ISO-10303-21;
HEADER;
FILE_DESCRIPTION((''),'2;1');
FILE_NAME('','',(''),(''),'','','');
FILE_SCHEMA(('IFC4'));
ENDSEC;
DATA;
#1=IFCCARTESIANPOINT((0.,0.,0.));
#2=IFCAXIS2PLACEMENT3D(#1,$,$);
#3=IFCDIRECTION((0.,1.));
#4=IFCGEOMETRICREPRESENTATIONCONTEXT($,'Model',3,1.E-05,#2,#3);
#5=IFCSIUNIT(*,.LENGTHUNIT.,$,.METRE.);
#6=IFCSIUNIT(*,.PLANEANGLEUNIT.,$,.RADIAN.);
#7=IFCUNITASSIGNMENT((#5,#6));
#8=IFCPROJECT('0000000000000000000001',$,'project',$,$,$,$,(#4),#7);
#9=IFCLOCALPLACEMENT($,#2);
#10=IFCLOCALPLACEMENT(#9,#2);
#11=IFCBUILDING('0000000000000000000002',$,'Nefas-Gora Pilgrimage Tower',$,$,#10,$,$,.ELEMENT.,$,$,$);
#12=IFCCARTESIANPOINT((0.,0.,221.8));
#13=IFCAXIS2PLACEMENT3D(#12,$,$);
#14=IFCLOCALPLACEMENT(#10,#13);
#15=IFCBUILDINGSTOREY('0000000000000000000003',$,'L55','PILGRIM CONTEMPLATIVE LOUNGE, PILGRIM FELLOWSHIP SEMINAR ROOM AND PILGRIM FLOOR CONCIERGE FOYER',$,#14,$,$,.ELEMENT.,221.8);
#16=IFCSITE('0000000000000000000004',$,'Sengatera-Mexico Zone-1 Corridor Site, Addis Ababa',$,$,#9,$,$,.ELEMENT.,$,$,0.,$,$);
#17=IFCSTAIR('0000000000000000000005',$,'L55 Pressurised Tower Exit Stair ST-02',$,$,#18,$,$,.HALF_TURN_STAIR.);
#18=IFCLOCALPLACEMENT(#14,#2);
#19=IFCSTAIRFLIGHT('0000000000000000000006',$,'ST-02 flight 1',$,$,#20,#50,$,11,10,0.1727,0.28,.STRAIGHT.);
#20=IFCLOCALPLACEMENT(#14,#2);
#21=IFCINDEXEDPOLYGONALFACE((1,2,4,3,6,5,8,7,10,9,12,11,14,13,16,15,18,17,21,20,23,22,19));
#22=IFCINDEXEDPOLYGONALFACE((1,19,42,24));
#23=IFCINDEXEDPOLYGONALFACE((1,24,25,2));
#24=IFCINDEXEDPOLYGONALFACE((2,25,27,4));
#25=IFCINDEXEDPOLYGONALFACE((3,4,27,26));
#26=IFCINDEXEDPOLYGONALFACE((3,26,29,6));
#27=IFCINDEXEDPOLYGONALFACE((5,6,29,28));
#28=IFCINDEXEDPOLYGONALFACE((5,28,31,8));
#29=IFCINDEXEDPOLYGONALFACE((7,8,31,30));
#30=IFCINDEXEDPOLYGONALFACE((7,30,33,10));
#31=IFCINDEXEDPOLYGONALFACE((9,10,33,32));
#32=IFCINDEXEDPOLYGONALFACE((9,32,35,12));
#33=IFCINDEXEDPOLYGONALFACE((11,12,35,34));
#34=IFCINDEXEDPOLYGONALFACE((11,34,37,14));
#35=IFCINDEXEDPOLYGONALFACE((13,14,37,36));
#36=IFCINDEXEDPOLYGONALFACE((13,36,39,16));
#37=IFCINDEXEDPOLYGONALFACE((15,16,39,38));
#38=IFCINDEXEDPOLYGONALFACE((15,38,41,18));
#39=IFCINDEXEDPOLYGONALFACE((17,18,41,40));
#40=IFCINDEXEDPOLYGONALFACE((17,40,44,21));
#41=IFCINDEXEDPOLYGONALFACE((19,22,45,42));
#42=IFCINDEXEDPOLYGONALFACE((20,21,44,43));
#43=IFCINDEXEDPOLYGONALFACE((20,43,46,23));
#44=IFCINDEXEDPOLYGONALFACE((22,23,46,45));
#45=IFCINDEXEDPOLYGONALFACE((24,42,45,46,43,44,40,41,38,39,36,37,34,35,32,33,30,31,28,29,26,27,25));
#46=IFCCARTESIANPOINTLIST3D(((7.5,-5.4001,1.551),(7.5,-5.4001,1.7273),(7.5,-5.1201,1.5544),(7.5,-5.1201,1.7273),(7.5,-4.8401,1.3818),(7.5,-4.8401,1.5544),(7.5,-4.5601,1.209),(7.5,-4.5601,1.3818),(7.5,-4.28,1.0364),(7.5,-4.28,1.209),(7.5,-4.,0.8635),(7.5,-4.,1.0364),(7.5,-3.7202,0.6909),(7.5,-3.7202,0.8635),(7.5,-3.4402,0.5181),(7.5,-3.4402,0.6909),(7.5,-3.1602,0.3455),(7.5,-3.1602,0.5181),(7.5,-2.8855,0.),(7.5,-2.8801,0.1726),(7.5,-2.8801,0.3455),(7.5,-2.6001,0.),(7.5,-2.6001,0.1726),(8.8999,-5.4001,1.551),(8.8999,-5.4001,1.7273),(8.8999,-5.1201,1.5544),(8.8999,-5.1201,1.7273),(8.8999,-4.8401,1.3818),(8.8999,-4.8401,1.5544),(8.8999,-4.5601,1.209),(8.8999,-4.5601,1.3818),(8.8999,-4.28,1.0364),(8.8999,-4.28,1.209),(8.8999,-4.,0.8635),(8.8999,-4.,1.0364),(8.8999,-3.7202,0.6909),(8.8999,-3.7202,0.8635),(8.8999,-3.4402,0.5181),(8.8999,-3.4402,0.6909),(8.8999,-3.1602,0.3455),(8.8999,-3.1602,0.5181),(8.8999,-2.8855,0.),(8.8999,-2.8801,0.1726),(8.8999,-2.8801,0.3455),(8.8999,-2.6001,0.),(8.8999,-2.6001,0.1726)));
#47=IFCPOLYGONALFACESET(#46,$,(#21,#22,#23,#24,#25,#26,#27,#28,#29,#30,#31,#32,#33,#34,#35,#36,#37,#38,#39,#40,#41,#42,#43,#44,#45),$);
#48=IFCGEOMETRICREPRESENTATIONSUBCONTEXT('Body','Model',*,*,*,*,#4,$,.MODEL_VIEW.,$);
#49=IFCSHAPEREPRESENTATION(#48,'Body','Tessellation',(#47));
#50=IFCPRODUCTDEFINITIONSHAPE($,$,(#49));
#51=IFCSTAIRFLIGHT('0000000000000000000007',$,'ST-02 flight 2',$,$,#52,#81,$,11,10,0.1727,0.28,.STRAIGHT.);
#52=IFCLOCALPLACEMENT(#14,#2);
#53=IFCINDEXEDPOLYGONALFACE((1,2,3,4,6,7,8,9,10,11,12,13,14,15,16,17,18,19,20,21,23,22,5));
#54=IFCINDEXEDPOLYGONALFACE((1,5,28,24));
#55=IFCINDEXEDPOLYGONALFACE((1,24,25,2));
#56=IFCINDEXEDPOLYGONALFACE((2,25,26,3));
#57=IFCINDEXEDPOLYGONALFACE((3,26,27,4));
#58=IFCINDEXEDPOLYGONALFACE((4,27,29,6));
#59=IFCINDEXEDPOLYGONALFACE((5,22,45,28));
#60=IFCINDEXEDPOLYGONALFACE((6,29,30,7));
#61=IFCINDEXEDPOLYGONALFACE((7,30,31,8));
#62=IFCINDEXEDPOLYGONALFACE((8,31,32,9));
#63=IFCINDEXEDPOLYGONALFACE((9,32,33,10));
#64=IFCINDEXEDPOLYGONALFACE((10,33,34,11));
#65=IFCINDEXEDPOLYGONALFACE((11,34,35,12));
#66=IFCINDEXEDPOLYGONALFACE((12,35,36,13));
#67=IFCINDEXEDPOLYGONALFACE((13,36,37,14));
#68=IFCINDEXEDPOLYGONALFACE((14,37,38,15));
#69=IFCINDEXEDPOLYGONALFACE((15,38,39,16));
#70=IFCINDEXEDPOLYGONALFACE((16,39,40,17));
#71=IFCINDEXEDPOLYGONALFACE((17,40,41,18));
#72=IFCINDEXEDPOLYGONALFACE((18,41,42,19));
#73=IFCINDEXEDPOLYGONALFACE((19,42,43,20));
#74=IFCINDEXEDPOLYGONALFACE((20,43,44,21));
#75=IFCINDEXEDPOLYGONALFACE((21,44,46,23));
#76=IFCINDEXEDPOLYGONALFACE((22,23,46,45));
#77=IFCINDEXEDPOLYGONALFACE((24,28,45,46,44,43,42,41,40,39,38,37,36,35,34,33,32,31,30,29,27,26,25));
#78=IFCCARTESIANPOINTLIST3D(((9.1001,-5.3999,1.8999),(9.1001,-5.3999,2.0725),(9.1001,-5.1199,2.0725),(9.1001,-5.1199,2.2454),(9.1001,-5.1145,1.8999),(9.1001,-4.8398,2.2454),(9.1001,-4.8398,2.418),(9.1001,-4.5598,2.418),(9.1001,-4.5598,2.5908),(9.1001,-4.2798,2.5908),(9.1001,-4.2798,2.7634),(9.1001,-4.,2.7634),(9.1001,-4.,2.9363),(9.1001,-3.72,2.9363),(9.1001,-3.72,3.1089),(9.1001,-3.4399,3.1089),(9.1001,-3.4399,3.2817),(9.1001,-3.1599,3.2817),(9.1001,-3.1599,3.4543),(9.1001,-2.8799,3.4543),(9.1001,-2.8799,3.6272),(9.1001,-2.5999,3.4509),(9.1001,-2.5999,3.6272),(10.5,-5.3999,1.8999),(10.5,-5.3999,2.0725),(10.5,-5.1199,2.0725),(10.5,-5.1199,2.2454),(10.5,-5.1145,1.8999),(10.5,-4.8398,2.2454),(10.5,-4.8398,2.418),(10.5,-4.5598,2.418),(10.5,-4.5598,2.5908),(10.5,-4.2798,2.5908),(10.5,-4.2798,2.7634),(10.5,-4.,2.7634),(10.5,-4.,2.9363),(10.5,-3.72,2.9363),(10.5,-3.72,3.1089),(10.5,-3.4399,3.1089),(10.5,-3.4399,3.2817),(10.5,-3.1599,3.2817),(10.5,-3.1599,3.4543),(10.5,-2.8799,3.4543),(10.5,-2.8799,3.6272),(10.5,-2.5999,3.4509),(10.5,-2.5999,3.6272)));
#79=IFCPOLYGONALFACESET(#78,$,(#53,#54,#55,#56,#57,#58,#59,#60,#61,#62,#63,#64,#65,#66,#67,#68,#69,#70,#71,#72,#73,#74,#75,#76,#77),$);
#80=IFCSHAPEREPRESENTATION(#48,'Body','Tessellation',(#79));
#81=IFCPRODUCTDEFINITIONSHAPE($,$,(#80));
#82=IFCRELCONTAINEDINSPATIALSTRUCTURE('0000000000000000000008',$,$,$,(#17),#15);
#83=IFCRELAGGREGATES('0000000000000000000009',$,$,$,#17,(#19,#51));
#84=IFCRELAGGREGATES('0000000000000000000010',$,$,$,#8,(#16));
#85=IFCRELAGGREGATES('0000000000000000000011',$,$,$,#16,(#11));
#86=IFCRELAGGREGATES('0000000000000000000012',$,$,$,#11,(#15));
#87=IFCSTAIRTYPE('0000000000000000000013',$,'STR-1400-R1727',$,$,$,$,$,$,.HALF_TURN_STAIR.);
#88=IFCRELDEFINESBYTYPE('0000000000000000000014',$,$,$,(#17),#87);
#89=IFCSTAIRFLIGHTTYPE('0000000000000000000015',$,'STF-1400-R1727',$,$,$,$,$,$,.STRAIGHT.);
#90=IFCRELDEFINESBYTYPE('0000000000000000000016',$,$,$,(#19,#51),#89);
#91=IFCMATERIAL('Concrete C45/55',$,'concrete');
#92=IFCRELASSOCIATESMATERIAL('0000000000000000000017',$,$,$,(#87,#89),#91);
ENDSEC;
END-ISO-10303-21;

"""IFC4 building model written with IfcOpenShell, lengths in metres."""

from ifc_helpers import new_model, si_unit, direction, frame, origin, place, context, subcontext, project, spatial, polyline, outline, extrude, source, transform, mapped, material, type_object, element, aggregate, save


model = new_model("IFC4")

# Units and contexts
model_context = context("Model", 3, precision=1e-05, world=origin(), true_north=direction((0.0, 1.0)))
body_context = subcontext(model_context, "Body", "Model", "MODEL_VIEW")
ifc_project = project(units=[si_unit("LENGTHUNIT", "METRE"), si_unit("PLANEANGLEUNIT", "RADIAN")], contexts=[model_context])

# Site, building, storey
site_placement = place(None, origin())
site = spatial("IfcSite", under=ifc_project, at=site_placement, Name="Sengatera-Mexico Zone-1 Corridor Site, Addis Ababa", CompositionType="ELEMENT", RefElevation=0.0)
building_placement = place(site_placement, origin())
building = spatial("IfcBuilding", under=site, at=building_placement, Name="Nefas-Gora Pilgrimage Tower", CompositionType="ELEMENT")
storey_placement = place(building_placement, frame((0.0, 0.0, 221.8)))
storey = spatial("IfcBuildingStorey", under=building, at=storey_placement, Name="L55", Description="PILGRIM CONTEMPLATIVE LOUNGE, PILGRIM FELLOWSHIP SEMINAR ROOM AND PILGRIM FLOOR CONCIERGE FOYER", CompositionType="ELEMENT", Elevation=221.8)

# Shared definitions
ifc_material_1 = material(Name="Concrete C45/55", Category="concrete")

# Stair, stair flights
stair_type = type_object("IfcStairType", Name="STR-1400-R1727", PredefinedType="HALF_TURN_STAIR", material=ifc_material_1)
stair_placement = place(storey_placement, origin())
stair = element("IfcStair", 1, at=stair_placement, inside=storey, type_object=stair_type, Name="L55 Pressurised Tower Exit Stair ST-02", PredefinedType="HALF_TURN_STAIR")
stair_flight_type = type_object("IfcStairFlightType", Name="STF-1400-R1727", PredefinedType="STRAIGHT", material=ifc_material_1)
shared_shape_1 = source(origin(), body_context, "Body", "SweptSolid", [
    extrude(outline(polyline([(0.0, 0.0), (0.0, 0.1726), (0.28, 0.1726), (0.28, 0.3455), (0.5601, 0.3455), (0.5601, 0.5181), (0.8401, 0.5181), (0.8401, 0.6909), (1.1201, 0.6909), (1.1201, 0.8635), (1.3999, 0.8635), (1.3999, 1.0364), (1.6799, 1.0364), (1.6799, 1.209), (1.96, 1.209), (1.96, 1.3818), (2.24, 1.3818), (2.24, 1.5544), (2.52, 1.5544), (2.52, 1.7273), (2.8, 1.7273), (2.8, 1.8999), (2.8, 1.551), (0.2854, 0.0), (0.0, 0.0)])), frame((0.0, 0.7, 0.0), z_axis=(0.0, -1.0, 0.0), x_axis=(1.0, 0.0, 0.0)), (0.0, 0.0, 1.0), 1.3999),
])
stair_flight_1_placement = place(storey_placement, frame((8.2, -2.6001, 0.0), z_axis=(0.0, 0.0, 1.0), x_axis=(0.0, -1.0, 0.0)))
stair_flight_1 = element("IfcStairFlight", 2, at=stair_flight_1_placement, type_object=stair_flight_type, Name="ST-02 flight 1", NumberOfRisers=11, NumberOfTreads=10, PredefinedType="STRAIGHT", RiserHeight=0.1727, TreadLength=0.28, context=body_context, shape_type="MappedRepresentation", body=[
    mapped(shared_shape_1, transform((0.0, 0.0, 0.0), x_axis=(1.0, 0.0, 0.0), y_axis=(0.0, 1.0, 0.0), z_axis=(0.0, 0.0, 1.0), scale=1.0)),
])
stair_flight_2_placement = place(storey_placement, frame((9.8, -5.3999, 1.8999), z_axis=(0.0, 0.0, 1.0), x_axis=(0.0, 1.0, 0.0)))
stair_flight_2 = element("IfcStairFlight", 3, at=stair_flight_2_placement, type_object=stair_flight_type, Name="ST-02 flight 2", NumberOfRisers=11, NumberOfTreads=10, PredefinedType="STRAIGHT", RiserHeight=0.1727, TreadLength=0.28, context=body_context, shape_type="MappedRepresentation", body=[
    mapped(shared_shape_1, transform((0.0, 0.0, 0.0), x_axis=(1.0, 0.0, 0.0), y_axis=(0.0, 1.0, 0.0), z_axis=(0.0, 0.0, 1.0), scale=1.0)),
])
aggregate(stair, [stair_flight_1, stair_flight_2])

save(model, "model.ifc")
